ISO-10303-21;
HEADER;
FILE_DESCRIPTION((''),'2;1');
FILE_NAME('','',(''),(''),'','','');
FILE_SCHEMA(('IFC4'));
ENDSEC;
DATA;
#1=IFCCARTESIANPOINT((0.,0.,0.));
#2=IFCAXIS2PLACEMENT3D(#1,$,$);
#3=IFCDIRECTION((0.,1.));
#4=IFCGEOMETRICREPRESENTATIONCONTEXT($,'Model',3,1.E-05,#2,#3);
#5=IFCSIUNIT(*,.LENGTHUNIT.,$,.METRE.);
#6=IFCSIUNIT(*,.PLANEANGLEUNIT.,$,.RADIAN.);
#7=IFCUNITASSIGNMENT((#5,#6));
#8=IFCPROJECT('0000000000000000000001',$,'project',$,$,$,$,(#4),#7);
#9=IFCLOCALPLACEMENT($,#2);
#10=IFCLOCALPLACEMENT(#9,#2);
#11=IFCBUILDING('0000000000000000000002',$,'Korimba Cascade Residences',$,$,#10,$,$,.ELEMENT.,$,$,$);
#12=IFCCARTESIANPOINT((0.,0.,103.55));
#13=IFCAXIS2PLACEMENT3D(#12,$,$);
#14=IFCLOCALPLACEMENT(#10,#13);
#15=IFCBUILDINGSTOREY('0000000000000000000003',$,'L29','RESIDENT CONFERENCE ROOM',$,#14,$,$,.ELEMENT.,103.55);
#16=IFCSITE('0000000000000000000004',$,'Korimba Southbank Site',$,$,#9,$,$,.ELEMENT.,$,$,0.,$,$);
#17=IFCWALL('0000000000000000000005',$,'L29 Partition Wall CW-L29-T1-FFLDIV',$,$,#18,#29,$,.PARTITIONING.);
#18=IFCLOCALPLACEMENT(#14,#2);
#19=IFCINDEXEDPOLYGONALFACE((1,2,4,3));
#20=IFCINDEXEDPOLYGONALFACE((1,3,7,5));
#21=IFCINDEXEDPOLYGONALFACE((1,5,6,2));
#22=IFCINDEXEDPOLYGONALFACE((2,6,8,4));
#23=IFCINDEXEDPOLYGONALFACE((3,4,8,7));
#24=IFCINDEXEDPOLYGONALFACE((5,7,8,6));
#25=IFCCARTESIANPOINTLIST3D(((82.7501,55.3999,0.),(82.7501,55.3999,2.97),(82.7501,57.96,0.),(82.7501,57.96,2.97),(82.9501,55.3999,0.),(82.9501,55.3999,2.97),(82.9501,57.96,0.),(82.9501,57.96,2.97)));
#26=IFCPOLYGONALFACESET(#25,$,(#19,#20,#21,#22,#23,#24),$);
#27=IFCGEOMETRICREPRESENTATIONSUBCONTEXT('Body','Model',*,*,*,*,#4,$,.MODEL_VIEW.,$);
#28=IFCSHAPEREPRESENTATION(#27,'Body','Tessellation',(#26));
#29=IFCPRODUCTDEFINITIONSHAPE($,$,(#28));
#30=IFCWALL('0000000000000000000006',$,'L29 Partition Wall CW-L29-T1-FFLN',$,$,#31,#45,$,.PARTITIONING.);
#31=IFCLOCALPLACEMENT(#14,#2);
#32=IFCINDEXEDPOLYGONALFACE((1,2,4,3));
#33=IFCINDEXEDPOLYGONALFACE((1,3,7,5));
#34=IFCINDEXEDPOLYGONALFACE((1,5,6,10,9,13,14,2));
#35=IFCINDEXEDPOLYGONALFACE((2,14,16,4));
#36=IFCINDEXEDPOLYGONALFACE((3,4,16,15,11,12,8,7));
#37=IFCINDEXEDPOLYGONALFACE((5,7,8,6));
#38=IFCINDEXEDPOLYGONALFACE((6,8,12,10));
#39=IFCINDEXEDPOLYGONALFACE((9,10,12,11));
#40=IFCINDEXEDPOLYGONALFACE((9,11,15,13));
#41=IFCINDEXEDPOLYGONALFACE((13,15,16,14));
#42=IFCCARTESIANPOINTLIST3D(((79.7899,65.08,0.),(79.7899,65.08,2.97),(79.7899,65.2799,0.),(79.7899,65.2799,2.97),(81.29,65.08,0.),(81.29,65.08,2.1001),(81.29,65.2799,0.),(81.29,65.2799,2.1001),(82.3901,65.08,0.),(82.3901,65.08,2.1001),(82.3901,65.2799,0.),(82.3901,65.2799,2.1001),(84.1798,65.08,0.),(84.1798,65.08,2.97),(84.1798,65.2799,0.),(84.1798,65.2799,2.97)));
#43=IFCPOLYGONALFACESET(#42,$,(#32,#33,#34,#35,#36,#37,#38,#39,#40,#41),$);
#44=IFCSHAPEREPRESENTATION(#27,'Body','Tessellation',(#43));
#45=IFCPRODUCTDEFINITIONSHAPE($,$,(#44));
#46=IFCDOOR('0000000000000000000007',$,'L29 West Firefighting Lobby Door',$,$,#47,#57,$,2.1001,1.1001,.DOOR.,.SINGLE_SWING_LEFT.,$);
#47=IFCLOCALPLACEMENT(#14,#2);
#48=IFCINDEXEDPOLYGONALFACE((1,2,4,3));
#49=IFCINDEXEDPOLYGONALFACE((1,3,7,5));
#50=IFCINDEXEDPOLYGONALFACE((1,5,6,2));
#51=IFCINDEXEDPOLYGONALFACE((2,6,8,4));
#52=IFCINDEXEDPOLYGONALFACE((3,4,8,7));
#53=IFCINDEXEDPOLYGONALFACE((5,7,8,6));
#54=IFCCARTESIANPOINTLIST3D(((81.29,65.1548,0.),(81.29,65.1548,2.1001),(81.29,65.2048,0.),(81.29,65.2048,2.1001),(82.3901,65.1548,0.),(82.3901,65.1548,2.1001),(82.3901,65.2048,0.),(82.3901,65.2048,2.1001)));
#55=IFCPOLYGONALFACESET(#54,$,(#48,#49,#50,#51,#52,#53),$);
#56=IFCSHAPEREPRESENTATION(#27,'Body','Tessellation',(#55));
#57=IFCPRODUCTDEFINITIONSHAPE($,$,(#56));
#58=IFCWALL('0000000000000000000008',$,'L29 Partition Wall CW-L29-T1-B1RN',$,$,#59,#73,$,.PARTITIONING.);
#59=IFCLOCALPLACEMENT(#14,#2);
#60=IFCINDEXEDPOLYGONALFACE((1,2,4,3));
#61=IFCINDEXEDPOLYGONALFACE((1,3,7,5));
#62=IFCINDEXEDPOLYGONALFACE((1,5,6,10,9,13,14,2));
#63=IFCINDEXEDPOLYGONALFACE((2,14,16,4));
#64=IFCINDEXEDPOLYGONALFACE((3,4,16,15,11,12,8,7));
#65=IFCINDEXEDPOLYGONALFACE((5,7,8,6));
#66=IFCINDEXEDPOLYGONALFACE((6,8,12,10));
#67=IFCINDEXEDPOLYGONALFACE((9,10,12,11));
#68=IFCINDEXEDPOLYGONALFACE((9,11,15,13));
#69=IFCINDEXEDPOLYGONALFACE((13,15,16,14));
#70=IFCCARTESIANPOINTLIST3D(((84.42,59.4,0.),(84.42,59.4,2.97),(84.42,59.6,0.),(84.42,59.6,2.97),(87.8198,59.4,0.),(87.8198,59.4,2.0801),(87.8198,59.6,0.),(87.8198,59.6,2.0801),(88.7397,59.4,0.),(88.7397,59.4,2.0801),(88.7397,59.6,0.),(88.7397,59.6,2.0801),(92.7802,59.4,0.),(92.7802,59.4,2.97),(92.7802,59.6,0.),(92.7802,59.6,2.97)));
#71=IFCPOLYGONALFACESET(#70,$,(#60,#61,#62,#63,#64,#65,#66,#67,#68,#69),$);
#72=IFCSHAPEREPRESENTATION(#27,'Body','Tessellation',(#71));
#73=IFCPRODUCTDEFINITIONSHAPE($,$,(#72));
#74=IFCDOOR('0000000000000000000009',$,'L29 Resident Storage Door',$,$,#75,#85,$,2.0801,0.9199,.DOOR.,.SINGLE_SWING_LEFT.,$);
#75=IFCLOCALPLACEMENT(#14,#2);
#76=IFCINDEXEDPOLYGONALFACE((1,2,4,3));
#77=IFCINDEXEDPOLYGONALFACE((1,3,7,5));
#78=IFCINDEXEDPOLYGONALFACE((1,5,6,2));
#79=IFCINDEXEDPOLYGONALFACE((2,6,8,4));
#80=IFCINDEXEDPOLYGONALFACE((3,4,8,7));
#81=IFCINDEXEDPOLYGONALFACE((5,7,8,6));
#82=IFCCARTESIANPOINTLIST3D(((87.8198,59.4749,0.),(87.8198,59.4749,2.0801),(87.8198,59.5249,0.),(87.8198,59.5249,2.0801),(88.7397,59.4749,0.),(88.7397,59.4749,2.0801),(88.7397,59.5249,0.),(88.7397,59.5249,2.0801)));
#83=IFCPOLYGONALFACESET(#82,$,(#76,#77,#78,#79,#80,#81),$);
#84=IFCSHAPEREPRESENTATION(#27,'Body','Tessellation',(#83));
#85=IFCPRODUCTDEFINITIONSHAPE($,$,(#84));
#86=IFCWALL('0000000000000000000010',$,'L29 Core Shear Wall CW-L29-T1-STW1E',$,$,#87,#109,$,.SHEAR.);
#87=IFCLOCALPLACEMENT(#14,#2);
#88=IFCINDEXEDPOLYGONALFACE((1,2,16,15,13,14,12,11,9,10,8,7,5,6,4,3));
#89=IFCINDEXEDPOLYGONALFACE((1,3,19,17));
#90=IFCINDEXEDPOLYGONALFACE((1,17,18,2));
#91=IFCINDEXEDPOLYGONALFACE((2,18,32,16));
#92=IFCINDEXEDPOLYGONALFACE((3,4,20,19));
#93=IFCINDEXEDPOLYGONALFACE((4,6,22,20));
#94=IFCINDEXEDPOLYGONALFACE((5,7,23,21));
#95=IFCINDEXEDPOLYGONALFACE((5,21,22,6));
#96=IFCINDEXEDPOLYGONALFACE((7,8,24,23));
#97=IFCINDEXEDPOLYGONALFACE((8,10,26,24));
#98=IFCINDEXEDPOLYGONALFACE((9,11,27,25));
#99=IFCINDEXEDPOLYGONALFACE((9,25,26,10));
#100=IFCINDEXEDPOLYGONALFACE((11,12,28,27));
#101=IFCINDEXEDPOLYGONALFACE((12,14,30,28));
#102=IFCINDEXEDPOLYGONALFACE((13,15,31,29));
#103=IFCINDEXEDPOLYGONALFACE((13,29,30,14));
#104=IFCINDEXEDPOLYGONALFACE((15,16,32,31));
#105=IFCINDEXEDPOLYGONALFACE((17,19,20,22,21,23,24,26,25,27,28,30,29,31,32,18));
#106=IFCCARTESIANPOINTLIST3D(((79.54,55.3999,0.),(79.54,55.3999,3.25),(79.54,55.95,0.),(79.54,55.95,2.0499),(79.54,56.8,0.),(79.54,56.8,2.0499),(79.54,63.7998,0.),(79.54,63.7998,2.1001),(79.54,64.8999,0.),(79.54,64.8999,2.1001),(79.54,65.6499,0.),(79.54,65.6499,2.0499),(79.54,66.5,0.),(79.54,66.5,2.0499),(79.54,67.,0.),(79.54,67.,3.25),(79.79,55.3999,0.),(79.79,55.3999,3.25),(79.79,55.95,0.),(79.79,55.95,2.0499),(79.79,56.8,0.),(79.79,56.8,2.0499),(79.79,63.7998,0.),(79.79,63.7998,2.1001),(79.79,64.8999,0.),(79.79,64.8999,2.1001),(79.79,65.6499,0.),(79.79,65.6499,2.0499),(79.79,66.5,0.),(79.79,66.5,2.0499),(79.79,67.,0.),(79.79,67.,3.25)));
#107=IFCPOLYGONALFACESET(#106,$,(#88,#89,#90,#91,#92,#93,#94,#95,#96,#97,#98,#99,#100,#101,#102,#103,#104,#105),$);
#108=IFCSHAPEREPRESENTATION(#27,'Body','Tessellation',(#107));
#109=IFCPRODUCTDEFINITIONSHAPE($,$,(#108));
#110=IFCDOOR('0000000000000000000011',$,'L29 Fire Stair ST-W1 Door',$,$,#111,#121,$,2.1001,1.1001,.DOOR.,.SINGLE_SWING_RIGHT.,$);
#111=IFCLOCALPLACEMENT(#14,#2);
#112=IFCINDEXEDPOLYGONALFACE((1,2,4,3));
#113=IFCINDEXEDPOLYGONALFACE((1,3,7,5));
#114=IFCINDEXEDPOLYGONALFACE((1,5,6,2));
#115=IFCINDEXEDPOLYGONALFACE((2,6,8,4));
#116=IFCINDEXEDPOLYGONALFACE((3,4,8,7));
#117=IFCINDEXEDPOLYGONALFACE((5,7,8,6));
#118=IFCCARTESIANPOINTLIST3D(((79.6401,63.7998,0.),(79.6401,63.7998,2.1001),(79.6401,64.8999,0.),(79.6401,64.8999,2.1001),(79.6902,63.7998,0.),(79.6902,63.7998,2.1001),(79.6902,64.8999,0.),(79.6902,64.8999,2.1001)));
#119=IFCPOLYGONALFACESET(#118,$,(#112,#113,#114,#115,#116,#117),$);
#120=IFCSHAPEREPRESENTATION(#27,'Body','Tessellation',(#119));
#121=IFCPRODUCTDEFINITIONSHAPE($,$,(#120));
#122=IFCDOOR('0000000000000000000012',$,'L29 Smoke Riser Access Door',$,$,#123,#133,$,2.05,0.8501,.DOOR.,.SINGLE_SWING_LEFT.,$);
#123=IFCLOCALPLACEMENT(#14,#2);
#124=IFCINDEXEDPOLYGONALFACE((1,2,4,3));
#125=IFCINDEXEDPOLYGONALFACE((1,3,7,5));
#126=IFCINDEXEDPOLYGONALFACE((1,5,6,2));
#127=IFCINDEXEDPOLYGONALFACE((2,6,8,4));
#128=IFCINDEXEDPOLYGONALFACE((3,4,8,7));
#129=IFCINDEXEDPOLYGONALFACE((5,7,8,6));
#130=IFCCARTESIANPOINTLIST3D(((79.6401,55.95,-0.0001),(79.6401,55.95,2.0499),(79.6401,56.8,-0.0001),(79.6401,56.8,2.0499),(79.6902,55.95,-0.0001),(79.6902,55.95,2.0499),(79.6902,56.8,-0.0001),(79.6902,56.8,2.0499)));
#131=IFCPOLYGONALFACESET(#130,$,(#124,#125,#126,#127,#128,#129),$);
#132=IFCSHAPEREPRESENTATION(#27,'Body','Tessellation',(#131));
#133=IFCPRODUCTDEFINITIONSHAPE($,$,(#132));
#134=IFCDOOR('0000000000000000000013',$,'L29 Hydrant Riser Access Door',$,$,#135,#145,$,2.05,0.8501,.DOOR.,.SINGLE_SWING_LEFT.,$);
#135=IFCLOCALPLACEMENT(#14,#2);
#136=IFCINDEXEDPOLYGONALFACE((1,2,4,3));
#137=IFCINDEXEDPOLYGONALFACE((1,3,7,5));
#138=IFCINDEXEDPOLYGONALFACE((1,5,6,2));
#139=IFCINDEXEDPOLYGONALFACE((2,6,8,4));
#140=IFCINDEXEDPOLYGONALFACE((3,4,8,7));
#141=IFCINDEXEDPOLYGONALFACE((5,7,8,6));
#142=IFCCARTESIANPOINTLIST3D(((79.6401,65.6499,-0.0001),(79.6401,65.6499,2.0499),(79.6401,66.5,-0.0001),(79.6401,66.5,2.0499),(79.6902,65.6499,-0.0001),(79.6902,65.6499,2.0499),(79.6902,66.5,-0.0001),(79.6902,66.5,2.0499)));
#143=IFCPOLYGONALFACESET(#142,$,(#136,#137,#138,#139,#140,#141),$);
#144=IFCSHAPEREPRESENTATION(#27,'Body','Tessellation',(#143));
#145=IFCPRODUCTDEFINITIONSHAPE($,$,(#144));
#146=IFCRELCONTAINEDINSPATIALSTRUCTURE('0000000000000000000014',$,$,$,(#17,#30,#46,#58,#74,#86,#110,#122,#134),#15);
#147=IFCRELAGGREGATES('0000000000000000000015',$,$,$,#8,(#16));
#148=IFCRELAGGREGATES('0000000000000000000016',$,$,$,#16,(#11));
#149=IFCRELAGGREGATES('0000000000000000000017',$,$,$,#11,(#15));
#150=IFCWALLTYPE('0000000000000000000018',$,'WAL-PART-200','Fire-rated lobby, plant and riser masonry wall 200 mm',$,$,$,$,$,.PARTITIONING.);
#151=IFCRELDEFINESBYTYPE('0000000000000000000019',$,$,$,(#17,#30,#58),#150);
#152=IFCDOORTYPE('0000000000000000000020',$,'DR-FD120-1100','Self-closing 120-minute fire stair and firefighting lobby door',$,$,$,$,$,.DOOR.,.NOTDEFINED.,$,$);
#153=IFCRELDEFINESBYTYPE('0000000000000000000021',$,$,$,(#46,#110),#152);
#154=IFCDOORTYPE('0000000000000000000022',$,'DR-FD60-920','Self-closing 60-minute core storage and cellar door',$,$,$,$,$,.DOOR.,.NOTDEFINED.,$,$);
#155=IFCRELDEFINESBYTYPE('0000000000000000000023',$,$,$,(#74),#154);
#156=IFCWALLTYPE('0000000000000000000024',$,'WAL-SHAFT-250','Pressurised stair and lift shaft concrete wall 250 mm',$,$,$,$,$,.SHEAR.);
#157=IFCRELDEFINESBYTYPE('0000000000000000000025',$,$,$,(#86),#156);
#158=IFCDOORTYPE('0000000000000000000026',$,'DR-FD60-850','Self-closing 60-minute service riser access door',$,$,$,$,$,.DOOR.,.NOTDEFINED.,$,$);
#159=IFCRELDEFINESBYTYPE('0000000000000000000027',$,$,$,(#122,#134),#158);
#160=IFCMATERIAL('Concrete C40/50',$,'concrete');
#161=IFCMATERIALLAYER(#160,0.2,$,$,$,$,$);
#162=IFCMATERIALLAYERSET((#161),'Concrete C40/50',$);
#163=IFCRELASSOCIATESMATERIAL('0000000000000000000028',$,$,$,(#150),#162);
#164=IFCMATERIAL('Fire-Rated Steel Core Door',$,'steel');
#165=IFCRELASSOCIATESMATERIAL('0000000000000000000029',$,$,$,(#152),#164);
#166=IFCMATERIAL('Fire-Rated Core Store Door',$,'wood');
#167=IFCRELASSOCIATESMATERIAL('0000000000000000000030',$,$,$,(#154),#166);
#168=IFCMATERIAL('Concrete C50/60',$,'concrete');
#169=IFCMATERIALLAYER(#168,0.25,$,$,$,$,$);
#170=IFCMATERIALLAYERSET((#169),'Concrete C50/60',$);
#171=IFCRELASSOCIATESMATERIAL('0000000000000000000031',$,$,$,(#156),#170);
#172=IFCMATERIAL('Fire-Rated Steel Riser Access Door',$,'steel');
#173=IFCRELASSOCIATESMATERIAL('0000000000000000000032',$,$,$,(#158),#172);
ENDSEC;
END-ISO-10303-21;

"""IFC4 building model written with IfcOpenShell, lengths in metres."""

from ifc_helpers import new_model, si_unit, direction, frame, frame_2d, origin, place, context, subcontext, project, spatial, rectangle, extrude, material, layer, layer_set, type_object, element, fill, save


model = new_model("IFC4")

# Units and contexts
model_context = context("Model", 3, precision=1e-05, world=origin(), true_north=direction((0.0, 1.0)))
body_context = subcontext(model_context, "Body", "Model", "MODEL_VIEW")
ifc_project = project(units=[si_unit("LENGTHUNIT", "METRE"), si_unit("PLANEANGLEUNIT", "RADIAN")], contexts=[model_context])

# Site, building, storey
site_placement = place(None, origin())
site = spatial("IfcSite", under=ifc_project, at=site_placement, Name="Korimba Southbank Site", CompositionType="ELEMENT", RefElevation=0.0)
building_placement = place(site_placement, origin())
building = spatial("IfcBuilding", under=site, at=building_placement, Name="Korimba Cascade Residences", CompositionType="ELEMENT")
storey_placement = place(building_placement, frame((0.0, 0.0, 103.55)))
storey = spatial("IfcBuildingStorey", under=building, at=storey_placement, Name="L29", Description="RESIDENT CONFERENCE ROOM", CompositionType="ELEMENT", Elevation=103.55)

# Wall
ifc_material_1 = material(Name="Concrete C40/50", Category="concrete")
ifc_layer_1 = layer(ifc_material_1, 0.2)
ifc_layer_set_1 = layer_set([ifc_layer_1], Name="Concrete C40/50")
wall_type_1 = type_object("IfcWallType", Name="WAL-PART-200", Description="Fire-rated lobby, plant and riser masonry wall 200 mm", PredefinedType="PARTITIONING", material=ifc_layer_set_1)
wall_1_placement = place(storey_placement, frame((82.8501, 55.3999, 0.0), z_axis=(0.0, 0.0, 1.0), x_axis=(0.0, 1.0, 0.0)))
element("IfcWall", 1, at=wall_1_placement, inside=storey, type_object=wall_type_1, Name="L29 Partition Wall CW-L29-T1-FFLDIV", PredefinedType="PARTITIONING", context=body_context, shape_type="SweptSolid", body=[
    extrude(rectangle(XDim=2.5601, YDim=0.2, at=frame_2d((1.28, 0.0))), origin(), (0.0, 0.0, 1.0), 2.97),
])

# Walls, openings, doors
wall_2_placement = place(storey_placement, frame((79.79, 65.1799, 0.0), z_axis=(0.0, 0.0, 1.0), x_axis=(1.0, 0.0, 0.0)))
wall_2 = element("IfcWall", 2, at=wall_2_placement, inside=storey, type_object=wall_type_1, Name="L29 Partition Wall CW-L29-T1-FFLN", PredefinedType="PARTITIONING", context=body_context, shape_type="SweptSolid", body=[
    extrude(rectangle(XDim=4.3899, YDim=0.2, at=frame_2d((2.1948, 0.0))), origin(), (0.0, 0.0, 1.0), 2.97),
])
opening_1_placement = place(wall_2_placement, frame((1.5, 0.0, 0.0)))
opening_1 = element("IfcOpeningElement", 3, at=opening_1_placement, cuts=wall_2, PredefinedType="OPENING", context=body_context, shape_type="SweptSolid", body=[
    extrude(rectangle(XDim=1.1001, YDim=2.1001, at=frame_2d((0.55, 1.05))), frame((0.0, 0.1099, 0.0), z_axis=(0.0, -1.0, 0.0), x_axis=(1.0, 0.0, 0.0)), (0.0, 0.0, 1.0), 0.22),
])
ifc_material_2 = material(Name="Fire-Rated Steel Core Door", Category="steel")
door_type_1 = type_object("IfcDoorType", Name="DR-FD120-1100", Description="Self-closing 120-minute fire stair and firefighting lobby door", OperationType="NOTDEFINED", PredefinedType="DOOR", material=ifc_material_2)
door_1_placement = place(opening_1_placement, origin())
door_1 = element("IfcDoor", 4, at=door_1_placement, inside=storey, type_object=door_type_1, Name="L29 West Firefighting Lobby Door", OperationType="SINGLE_SWING_LEFT", OverallHeight=2.1001, OverallWidth=1.1001, PredefinedType="DOOR", context=body_context, shape_type="SweptSolid", body=[
    extrude(rectangle(XDim=1.1001, YDim=2.1001, at=frame_2d((0.55, 1.05))), frame((0.0, 0.0249, 0.0), z_axis=(0.0, -1.0, 0.0), x_axis=(1.0, 0.0, 0.0)), (0.0, 0.0, 1.0), 0.05),
])
fill(opening_1, door_1)
wall_3_placement = place(storey_placement, frame((84.4199, 59.5, 0.0), z_axis=(0.0, 0.0, 1.0), x_axis=(1.0, 0.0, 0.0)))
wall_3 = element("IfcWall", 5, at=wall_3_placement, inside=storey, type_object=wall_type_1, Name="L29 Partition Wall CW-L29-T1-B1RN", PredefinedType="PARTITIONING", context=body_context, shape_type="SweptSolid", body=[
    extrude(rectangle(XDim=8.3601, YDim=0.2, at=frame_2d((4.1802, 0.0))), origin(), (0.0, 0.0, 1.0), 2.97),
])
opening_2_placement = place(wall_3_placement, frame((3.3999, 0.0, 0.0)))
opening_2 = element("IfcOpeningElement", 6, at=opening_2_placement, cuts=wall_3, PredefinedType="OPENING", context=body_context, shape_type="SweptSolid", body=[
    extrude(rectangle(XDim=0.9199, YDim=2.0801, at=frame_2d((0.46, 1.04))), frame((0.0, 0.1099, 0.0), z_axis=(0.0, -1.0, 0.0), x_axis=(1.0, 0.0, 0.0)), (0.0, 0.0, 1.0), 0.22),
])
ifc_material_3 = material(Name="Fire-Rated Core Store Door", Category="wood")
door_type_2 = type_object("IfcDoorType", Name="DR-FD60-920", Description="Self-closing 60-minute core storage and cellar door", OperationType="NOTDEFINED", PredefinedType="DOOR", material=ifc_material_3)
door_2_placement = place(opening_2_placement, origin())
door_2 = element("IfcDoor", 7, at=door_2_placement, inside=storey, type_object=door_type_2, Name="L29 Resident Storage Door", OperationType="SINGLE_SWING_LEFT", OverallHeight=2.0801, OverallWidth=0.9199, PredefinedType="DOOR", context=body_context, shape_type="SweptSolid", body=[
    extrude(rectangle(XDim=0.9199, YDim=2.0801, at=frame_2d((0.46, 1.04))), frame((0.0, 0.0249, 0.0), z_axis=(0.0, -1.0, 0.0), x_axis=(1.0, 0.0, 0.0)), (0.0, 0.0, 1.0), 0.05),
])
fill(opening_2, door_2)

# Wall, openings, doors
ifc_material_4 = material(Name="Concrete C50/60", Category="concrete")
ifc_layer_2 = layer(ifc_material_4, 0.25)
ifc_layer_set_2 = layer_set([ifc_layer_2], Name="Concrete C50/60")
wall_type_2 = type_object("IfcWallType", Name="WAL-SHAFT-250", Description="Pressurised stair and lift shaft concrete wall 250 mm", PredefinedType="SHEAR", material=ifc_layer_set_2)
wall_4_placement = place(storey_placement, frame((79.665, 55.3999, 0.0), z_axis=(0.0, 0.0, 1.0), x_axis=(0.0, 1.0, 0.0)))
wall_4 = element("IfcWall", 8, at=wall_4_placement, inside=storey, type_object=wall_type_2, Name="L29 Core Shear Wall CW-L29-T1-STW1E", PredefinedType="SHEAR", context=body_context, shape_type="SweptSolid", body=[
    extrude(rectangle(XDim=11.6001, YDim=0.25, at=frame_2d((5.8, 0.0))), origin(), (0.0, 0.0, 1.0), 3.25),
])
opening_3_placement = place(wall_4_placement, frame((0.55, 0.0, 0.0)))
opening_3 = element("IfcOpeningElement", 9, at=opening_3_placement, cuts=wall_4, PredefinedType="OPENING", context=body_context, shape_type="SweptSolid", body=[
    extrude(rectangle(XDim=0.8501, YDim=2.05, at=frame_2d((0.425, 1.0249))), frame((0.0, 0.135, 0.0), z_axis=(0.0, -1.0, 0.0), x_axis=(1.0, 0.0, 0.0)), (0.0, 0.0, 1.0), 0.27),
])
opening_4_placement = place(wall_4_placement, frame((8.3999, 0.0, 0.0)))
opening_4 = element("IfcOpeningElement", 10, at=opening_4_placement, cuts=wall_4, PredefinedType="OPENING", context=body_context, shape_type="SweptSolid", body=[
    extrude(rectangle(XDim=1.1001, YDim=2.1001, at=frame_2d((0.55, 1.05))), frame((0.0, 0.135, 0.0), z_axis=(0.0, -1.0, 0.0), x_axis=(1.0, 0.0, 0.0)), (0.0, 0.0, 1.0), 0.27),
])
opening_5_placement = place(wall_4_placement, frame((10.25, 0.0, 0.0)))
opening_5 = element("IfcOpeningElement", 11, at=opening_5_placement, cuts=wall_4, PredefinedType="OPENING", context=body_context, shape_type="SweptSolid", body=[
    extrude(rectangle(XDim=0.8501, YDim=2.05, at=frame_2d((0.425, 1.0249))), frame((0.0, 0.135, 0.0), z_axis=(0.0, -1.0, 0.0), x_axis=(1.0, 0.0, 0.0)), (0.0, 0.0, 1.0), 0.27),
])
door_3_placement = place(opening_4_placement, origin())
door_3 = element("IfcDoor", 12, at=door_3_placement, inside=storey, type_object=door_type_1, Name="L29 Fire Stair ST-W1 Door", OperationType="SINGLE_SWING_RIGHT", OverallHeight=2.1001, OverallWidth=1.1001, PredefinedType="DOOR", context=body_context, shape_type="SweptSolid", body=[
    extrude(rectangle(XDim=1.1001, YDim=2.1001, at=frame_2d((0.55, 1.05))), frame((0.0, 0.0249, 0.0), z_axis=(0.0, -1.0, 0.0), x_axis=(1.0, 0.0, 0.0)), (0.0, 0.0, 1.0), 0.05),
])
fill(opening_4, door_3)
ifc_material_5 = material(Name="Fire-Rated Steel Riser Access Door", Category="steel")
door_type_3 = type_object("IfcDoorType", Name="DR-FD60-850", Description="Self-closing 60-minute service riser access door", OperationType="NOTDEFINED", PredefinedType="DOOR", material=ifc_material_5)
door_4_placement = place(opening_3_placement, origin())
door_4 = element("IfcDoor", 13, at=door_4_placement, inside=storey, type_object=door_type_3, Name="L29 Smoke Riser Access Door", OperationType="SINGLE_SWING_LEFT", OverallHeight=2.05, OverallWidth=0.8501, PredefinedType="DOOR", context=body_context, shape_type="SweptSolid", body=[
    extrude(rectangle(XDim=0.8501, YDim=2.05, at=frame_2d((0.425, 1.0249))), frame((0.0, 0.0249, 0.0), z_axis=(0.0, -1.0, 0.0), x_axis=(1.0, 0.0, 0.0)), (0.0, 0.0, 1.0), 0.05),
])
fill(opening_3, door_4)
door_5_placement = place(opening_5_placement, origin())
door_5 = element("IfcDoor", 14, at=door_5_placement, inside=storey, type_object=door_type_3, Name="L29 Hydrant Riser Access Door", OperationType="SINGLE_SWING_LEFT", OverallHeight=2.05, OverallWidth=0.8501, PredefinedType="DOOR", context=body_context, shape_type="SweptSolid", body=[
    extrude(rectangle(XDim=0.8501, YDim=2.05, at=frame_2d((0.425, 1.0249))), frame((0.0, 0.0249, 0.0), z_axis=(0.0, -1.0, 0.0), x_axis=(1.0, 0.0, 0.0)), (0.0, 0.0, 1.0), 0.05),
])
fill(opening_5, door_5)

save(model, "model.ifc")
